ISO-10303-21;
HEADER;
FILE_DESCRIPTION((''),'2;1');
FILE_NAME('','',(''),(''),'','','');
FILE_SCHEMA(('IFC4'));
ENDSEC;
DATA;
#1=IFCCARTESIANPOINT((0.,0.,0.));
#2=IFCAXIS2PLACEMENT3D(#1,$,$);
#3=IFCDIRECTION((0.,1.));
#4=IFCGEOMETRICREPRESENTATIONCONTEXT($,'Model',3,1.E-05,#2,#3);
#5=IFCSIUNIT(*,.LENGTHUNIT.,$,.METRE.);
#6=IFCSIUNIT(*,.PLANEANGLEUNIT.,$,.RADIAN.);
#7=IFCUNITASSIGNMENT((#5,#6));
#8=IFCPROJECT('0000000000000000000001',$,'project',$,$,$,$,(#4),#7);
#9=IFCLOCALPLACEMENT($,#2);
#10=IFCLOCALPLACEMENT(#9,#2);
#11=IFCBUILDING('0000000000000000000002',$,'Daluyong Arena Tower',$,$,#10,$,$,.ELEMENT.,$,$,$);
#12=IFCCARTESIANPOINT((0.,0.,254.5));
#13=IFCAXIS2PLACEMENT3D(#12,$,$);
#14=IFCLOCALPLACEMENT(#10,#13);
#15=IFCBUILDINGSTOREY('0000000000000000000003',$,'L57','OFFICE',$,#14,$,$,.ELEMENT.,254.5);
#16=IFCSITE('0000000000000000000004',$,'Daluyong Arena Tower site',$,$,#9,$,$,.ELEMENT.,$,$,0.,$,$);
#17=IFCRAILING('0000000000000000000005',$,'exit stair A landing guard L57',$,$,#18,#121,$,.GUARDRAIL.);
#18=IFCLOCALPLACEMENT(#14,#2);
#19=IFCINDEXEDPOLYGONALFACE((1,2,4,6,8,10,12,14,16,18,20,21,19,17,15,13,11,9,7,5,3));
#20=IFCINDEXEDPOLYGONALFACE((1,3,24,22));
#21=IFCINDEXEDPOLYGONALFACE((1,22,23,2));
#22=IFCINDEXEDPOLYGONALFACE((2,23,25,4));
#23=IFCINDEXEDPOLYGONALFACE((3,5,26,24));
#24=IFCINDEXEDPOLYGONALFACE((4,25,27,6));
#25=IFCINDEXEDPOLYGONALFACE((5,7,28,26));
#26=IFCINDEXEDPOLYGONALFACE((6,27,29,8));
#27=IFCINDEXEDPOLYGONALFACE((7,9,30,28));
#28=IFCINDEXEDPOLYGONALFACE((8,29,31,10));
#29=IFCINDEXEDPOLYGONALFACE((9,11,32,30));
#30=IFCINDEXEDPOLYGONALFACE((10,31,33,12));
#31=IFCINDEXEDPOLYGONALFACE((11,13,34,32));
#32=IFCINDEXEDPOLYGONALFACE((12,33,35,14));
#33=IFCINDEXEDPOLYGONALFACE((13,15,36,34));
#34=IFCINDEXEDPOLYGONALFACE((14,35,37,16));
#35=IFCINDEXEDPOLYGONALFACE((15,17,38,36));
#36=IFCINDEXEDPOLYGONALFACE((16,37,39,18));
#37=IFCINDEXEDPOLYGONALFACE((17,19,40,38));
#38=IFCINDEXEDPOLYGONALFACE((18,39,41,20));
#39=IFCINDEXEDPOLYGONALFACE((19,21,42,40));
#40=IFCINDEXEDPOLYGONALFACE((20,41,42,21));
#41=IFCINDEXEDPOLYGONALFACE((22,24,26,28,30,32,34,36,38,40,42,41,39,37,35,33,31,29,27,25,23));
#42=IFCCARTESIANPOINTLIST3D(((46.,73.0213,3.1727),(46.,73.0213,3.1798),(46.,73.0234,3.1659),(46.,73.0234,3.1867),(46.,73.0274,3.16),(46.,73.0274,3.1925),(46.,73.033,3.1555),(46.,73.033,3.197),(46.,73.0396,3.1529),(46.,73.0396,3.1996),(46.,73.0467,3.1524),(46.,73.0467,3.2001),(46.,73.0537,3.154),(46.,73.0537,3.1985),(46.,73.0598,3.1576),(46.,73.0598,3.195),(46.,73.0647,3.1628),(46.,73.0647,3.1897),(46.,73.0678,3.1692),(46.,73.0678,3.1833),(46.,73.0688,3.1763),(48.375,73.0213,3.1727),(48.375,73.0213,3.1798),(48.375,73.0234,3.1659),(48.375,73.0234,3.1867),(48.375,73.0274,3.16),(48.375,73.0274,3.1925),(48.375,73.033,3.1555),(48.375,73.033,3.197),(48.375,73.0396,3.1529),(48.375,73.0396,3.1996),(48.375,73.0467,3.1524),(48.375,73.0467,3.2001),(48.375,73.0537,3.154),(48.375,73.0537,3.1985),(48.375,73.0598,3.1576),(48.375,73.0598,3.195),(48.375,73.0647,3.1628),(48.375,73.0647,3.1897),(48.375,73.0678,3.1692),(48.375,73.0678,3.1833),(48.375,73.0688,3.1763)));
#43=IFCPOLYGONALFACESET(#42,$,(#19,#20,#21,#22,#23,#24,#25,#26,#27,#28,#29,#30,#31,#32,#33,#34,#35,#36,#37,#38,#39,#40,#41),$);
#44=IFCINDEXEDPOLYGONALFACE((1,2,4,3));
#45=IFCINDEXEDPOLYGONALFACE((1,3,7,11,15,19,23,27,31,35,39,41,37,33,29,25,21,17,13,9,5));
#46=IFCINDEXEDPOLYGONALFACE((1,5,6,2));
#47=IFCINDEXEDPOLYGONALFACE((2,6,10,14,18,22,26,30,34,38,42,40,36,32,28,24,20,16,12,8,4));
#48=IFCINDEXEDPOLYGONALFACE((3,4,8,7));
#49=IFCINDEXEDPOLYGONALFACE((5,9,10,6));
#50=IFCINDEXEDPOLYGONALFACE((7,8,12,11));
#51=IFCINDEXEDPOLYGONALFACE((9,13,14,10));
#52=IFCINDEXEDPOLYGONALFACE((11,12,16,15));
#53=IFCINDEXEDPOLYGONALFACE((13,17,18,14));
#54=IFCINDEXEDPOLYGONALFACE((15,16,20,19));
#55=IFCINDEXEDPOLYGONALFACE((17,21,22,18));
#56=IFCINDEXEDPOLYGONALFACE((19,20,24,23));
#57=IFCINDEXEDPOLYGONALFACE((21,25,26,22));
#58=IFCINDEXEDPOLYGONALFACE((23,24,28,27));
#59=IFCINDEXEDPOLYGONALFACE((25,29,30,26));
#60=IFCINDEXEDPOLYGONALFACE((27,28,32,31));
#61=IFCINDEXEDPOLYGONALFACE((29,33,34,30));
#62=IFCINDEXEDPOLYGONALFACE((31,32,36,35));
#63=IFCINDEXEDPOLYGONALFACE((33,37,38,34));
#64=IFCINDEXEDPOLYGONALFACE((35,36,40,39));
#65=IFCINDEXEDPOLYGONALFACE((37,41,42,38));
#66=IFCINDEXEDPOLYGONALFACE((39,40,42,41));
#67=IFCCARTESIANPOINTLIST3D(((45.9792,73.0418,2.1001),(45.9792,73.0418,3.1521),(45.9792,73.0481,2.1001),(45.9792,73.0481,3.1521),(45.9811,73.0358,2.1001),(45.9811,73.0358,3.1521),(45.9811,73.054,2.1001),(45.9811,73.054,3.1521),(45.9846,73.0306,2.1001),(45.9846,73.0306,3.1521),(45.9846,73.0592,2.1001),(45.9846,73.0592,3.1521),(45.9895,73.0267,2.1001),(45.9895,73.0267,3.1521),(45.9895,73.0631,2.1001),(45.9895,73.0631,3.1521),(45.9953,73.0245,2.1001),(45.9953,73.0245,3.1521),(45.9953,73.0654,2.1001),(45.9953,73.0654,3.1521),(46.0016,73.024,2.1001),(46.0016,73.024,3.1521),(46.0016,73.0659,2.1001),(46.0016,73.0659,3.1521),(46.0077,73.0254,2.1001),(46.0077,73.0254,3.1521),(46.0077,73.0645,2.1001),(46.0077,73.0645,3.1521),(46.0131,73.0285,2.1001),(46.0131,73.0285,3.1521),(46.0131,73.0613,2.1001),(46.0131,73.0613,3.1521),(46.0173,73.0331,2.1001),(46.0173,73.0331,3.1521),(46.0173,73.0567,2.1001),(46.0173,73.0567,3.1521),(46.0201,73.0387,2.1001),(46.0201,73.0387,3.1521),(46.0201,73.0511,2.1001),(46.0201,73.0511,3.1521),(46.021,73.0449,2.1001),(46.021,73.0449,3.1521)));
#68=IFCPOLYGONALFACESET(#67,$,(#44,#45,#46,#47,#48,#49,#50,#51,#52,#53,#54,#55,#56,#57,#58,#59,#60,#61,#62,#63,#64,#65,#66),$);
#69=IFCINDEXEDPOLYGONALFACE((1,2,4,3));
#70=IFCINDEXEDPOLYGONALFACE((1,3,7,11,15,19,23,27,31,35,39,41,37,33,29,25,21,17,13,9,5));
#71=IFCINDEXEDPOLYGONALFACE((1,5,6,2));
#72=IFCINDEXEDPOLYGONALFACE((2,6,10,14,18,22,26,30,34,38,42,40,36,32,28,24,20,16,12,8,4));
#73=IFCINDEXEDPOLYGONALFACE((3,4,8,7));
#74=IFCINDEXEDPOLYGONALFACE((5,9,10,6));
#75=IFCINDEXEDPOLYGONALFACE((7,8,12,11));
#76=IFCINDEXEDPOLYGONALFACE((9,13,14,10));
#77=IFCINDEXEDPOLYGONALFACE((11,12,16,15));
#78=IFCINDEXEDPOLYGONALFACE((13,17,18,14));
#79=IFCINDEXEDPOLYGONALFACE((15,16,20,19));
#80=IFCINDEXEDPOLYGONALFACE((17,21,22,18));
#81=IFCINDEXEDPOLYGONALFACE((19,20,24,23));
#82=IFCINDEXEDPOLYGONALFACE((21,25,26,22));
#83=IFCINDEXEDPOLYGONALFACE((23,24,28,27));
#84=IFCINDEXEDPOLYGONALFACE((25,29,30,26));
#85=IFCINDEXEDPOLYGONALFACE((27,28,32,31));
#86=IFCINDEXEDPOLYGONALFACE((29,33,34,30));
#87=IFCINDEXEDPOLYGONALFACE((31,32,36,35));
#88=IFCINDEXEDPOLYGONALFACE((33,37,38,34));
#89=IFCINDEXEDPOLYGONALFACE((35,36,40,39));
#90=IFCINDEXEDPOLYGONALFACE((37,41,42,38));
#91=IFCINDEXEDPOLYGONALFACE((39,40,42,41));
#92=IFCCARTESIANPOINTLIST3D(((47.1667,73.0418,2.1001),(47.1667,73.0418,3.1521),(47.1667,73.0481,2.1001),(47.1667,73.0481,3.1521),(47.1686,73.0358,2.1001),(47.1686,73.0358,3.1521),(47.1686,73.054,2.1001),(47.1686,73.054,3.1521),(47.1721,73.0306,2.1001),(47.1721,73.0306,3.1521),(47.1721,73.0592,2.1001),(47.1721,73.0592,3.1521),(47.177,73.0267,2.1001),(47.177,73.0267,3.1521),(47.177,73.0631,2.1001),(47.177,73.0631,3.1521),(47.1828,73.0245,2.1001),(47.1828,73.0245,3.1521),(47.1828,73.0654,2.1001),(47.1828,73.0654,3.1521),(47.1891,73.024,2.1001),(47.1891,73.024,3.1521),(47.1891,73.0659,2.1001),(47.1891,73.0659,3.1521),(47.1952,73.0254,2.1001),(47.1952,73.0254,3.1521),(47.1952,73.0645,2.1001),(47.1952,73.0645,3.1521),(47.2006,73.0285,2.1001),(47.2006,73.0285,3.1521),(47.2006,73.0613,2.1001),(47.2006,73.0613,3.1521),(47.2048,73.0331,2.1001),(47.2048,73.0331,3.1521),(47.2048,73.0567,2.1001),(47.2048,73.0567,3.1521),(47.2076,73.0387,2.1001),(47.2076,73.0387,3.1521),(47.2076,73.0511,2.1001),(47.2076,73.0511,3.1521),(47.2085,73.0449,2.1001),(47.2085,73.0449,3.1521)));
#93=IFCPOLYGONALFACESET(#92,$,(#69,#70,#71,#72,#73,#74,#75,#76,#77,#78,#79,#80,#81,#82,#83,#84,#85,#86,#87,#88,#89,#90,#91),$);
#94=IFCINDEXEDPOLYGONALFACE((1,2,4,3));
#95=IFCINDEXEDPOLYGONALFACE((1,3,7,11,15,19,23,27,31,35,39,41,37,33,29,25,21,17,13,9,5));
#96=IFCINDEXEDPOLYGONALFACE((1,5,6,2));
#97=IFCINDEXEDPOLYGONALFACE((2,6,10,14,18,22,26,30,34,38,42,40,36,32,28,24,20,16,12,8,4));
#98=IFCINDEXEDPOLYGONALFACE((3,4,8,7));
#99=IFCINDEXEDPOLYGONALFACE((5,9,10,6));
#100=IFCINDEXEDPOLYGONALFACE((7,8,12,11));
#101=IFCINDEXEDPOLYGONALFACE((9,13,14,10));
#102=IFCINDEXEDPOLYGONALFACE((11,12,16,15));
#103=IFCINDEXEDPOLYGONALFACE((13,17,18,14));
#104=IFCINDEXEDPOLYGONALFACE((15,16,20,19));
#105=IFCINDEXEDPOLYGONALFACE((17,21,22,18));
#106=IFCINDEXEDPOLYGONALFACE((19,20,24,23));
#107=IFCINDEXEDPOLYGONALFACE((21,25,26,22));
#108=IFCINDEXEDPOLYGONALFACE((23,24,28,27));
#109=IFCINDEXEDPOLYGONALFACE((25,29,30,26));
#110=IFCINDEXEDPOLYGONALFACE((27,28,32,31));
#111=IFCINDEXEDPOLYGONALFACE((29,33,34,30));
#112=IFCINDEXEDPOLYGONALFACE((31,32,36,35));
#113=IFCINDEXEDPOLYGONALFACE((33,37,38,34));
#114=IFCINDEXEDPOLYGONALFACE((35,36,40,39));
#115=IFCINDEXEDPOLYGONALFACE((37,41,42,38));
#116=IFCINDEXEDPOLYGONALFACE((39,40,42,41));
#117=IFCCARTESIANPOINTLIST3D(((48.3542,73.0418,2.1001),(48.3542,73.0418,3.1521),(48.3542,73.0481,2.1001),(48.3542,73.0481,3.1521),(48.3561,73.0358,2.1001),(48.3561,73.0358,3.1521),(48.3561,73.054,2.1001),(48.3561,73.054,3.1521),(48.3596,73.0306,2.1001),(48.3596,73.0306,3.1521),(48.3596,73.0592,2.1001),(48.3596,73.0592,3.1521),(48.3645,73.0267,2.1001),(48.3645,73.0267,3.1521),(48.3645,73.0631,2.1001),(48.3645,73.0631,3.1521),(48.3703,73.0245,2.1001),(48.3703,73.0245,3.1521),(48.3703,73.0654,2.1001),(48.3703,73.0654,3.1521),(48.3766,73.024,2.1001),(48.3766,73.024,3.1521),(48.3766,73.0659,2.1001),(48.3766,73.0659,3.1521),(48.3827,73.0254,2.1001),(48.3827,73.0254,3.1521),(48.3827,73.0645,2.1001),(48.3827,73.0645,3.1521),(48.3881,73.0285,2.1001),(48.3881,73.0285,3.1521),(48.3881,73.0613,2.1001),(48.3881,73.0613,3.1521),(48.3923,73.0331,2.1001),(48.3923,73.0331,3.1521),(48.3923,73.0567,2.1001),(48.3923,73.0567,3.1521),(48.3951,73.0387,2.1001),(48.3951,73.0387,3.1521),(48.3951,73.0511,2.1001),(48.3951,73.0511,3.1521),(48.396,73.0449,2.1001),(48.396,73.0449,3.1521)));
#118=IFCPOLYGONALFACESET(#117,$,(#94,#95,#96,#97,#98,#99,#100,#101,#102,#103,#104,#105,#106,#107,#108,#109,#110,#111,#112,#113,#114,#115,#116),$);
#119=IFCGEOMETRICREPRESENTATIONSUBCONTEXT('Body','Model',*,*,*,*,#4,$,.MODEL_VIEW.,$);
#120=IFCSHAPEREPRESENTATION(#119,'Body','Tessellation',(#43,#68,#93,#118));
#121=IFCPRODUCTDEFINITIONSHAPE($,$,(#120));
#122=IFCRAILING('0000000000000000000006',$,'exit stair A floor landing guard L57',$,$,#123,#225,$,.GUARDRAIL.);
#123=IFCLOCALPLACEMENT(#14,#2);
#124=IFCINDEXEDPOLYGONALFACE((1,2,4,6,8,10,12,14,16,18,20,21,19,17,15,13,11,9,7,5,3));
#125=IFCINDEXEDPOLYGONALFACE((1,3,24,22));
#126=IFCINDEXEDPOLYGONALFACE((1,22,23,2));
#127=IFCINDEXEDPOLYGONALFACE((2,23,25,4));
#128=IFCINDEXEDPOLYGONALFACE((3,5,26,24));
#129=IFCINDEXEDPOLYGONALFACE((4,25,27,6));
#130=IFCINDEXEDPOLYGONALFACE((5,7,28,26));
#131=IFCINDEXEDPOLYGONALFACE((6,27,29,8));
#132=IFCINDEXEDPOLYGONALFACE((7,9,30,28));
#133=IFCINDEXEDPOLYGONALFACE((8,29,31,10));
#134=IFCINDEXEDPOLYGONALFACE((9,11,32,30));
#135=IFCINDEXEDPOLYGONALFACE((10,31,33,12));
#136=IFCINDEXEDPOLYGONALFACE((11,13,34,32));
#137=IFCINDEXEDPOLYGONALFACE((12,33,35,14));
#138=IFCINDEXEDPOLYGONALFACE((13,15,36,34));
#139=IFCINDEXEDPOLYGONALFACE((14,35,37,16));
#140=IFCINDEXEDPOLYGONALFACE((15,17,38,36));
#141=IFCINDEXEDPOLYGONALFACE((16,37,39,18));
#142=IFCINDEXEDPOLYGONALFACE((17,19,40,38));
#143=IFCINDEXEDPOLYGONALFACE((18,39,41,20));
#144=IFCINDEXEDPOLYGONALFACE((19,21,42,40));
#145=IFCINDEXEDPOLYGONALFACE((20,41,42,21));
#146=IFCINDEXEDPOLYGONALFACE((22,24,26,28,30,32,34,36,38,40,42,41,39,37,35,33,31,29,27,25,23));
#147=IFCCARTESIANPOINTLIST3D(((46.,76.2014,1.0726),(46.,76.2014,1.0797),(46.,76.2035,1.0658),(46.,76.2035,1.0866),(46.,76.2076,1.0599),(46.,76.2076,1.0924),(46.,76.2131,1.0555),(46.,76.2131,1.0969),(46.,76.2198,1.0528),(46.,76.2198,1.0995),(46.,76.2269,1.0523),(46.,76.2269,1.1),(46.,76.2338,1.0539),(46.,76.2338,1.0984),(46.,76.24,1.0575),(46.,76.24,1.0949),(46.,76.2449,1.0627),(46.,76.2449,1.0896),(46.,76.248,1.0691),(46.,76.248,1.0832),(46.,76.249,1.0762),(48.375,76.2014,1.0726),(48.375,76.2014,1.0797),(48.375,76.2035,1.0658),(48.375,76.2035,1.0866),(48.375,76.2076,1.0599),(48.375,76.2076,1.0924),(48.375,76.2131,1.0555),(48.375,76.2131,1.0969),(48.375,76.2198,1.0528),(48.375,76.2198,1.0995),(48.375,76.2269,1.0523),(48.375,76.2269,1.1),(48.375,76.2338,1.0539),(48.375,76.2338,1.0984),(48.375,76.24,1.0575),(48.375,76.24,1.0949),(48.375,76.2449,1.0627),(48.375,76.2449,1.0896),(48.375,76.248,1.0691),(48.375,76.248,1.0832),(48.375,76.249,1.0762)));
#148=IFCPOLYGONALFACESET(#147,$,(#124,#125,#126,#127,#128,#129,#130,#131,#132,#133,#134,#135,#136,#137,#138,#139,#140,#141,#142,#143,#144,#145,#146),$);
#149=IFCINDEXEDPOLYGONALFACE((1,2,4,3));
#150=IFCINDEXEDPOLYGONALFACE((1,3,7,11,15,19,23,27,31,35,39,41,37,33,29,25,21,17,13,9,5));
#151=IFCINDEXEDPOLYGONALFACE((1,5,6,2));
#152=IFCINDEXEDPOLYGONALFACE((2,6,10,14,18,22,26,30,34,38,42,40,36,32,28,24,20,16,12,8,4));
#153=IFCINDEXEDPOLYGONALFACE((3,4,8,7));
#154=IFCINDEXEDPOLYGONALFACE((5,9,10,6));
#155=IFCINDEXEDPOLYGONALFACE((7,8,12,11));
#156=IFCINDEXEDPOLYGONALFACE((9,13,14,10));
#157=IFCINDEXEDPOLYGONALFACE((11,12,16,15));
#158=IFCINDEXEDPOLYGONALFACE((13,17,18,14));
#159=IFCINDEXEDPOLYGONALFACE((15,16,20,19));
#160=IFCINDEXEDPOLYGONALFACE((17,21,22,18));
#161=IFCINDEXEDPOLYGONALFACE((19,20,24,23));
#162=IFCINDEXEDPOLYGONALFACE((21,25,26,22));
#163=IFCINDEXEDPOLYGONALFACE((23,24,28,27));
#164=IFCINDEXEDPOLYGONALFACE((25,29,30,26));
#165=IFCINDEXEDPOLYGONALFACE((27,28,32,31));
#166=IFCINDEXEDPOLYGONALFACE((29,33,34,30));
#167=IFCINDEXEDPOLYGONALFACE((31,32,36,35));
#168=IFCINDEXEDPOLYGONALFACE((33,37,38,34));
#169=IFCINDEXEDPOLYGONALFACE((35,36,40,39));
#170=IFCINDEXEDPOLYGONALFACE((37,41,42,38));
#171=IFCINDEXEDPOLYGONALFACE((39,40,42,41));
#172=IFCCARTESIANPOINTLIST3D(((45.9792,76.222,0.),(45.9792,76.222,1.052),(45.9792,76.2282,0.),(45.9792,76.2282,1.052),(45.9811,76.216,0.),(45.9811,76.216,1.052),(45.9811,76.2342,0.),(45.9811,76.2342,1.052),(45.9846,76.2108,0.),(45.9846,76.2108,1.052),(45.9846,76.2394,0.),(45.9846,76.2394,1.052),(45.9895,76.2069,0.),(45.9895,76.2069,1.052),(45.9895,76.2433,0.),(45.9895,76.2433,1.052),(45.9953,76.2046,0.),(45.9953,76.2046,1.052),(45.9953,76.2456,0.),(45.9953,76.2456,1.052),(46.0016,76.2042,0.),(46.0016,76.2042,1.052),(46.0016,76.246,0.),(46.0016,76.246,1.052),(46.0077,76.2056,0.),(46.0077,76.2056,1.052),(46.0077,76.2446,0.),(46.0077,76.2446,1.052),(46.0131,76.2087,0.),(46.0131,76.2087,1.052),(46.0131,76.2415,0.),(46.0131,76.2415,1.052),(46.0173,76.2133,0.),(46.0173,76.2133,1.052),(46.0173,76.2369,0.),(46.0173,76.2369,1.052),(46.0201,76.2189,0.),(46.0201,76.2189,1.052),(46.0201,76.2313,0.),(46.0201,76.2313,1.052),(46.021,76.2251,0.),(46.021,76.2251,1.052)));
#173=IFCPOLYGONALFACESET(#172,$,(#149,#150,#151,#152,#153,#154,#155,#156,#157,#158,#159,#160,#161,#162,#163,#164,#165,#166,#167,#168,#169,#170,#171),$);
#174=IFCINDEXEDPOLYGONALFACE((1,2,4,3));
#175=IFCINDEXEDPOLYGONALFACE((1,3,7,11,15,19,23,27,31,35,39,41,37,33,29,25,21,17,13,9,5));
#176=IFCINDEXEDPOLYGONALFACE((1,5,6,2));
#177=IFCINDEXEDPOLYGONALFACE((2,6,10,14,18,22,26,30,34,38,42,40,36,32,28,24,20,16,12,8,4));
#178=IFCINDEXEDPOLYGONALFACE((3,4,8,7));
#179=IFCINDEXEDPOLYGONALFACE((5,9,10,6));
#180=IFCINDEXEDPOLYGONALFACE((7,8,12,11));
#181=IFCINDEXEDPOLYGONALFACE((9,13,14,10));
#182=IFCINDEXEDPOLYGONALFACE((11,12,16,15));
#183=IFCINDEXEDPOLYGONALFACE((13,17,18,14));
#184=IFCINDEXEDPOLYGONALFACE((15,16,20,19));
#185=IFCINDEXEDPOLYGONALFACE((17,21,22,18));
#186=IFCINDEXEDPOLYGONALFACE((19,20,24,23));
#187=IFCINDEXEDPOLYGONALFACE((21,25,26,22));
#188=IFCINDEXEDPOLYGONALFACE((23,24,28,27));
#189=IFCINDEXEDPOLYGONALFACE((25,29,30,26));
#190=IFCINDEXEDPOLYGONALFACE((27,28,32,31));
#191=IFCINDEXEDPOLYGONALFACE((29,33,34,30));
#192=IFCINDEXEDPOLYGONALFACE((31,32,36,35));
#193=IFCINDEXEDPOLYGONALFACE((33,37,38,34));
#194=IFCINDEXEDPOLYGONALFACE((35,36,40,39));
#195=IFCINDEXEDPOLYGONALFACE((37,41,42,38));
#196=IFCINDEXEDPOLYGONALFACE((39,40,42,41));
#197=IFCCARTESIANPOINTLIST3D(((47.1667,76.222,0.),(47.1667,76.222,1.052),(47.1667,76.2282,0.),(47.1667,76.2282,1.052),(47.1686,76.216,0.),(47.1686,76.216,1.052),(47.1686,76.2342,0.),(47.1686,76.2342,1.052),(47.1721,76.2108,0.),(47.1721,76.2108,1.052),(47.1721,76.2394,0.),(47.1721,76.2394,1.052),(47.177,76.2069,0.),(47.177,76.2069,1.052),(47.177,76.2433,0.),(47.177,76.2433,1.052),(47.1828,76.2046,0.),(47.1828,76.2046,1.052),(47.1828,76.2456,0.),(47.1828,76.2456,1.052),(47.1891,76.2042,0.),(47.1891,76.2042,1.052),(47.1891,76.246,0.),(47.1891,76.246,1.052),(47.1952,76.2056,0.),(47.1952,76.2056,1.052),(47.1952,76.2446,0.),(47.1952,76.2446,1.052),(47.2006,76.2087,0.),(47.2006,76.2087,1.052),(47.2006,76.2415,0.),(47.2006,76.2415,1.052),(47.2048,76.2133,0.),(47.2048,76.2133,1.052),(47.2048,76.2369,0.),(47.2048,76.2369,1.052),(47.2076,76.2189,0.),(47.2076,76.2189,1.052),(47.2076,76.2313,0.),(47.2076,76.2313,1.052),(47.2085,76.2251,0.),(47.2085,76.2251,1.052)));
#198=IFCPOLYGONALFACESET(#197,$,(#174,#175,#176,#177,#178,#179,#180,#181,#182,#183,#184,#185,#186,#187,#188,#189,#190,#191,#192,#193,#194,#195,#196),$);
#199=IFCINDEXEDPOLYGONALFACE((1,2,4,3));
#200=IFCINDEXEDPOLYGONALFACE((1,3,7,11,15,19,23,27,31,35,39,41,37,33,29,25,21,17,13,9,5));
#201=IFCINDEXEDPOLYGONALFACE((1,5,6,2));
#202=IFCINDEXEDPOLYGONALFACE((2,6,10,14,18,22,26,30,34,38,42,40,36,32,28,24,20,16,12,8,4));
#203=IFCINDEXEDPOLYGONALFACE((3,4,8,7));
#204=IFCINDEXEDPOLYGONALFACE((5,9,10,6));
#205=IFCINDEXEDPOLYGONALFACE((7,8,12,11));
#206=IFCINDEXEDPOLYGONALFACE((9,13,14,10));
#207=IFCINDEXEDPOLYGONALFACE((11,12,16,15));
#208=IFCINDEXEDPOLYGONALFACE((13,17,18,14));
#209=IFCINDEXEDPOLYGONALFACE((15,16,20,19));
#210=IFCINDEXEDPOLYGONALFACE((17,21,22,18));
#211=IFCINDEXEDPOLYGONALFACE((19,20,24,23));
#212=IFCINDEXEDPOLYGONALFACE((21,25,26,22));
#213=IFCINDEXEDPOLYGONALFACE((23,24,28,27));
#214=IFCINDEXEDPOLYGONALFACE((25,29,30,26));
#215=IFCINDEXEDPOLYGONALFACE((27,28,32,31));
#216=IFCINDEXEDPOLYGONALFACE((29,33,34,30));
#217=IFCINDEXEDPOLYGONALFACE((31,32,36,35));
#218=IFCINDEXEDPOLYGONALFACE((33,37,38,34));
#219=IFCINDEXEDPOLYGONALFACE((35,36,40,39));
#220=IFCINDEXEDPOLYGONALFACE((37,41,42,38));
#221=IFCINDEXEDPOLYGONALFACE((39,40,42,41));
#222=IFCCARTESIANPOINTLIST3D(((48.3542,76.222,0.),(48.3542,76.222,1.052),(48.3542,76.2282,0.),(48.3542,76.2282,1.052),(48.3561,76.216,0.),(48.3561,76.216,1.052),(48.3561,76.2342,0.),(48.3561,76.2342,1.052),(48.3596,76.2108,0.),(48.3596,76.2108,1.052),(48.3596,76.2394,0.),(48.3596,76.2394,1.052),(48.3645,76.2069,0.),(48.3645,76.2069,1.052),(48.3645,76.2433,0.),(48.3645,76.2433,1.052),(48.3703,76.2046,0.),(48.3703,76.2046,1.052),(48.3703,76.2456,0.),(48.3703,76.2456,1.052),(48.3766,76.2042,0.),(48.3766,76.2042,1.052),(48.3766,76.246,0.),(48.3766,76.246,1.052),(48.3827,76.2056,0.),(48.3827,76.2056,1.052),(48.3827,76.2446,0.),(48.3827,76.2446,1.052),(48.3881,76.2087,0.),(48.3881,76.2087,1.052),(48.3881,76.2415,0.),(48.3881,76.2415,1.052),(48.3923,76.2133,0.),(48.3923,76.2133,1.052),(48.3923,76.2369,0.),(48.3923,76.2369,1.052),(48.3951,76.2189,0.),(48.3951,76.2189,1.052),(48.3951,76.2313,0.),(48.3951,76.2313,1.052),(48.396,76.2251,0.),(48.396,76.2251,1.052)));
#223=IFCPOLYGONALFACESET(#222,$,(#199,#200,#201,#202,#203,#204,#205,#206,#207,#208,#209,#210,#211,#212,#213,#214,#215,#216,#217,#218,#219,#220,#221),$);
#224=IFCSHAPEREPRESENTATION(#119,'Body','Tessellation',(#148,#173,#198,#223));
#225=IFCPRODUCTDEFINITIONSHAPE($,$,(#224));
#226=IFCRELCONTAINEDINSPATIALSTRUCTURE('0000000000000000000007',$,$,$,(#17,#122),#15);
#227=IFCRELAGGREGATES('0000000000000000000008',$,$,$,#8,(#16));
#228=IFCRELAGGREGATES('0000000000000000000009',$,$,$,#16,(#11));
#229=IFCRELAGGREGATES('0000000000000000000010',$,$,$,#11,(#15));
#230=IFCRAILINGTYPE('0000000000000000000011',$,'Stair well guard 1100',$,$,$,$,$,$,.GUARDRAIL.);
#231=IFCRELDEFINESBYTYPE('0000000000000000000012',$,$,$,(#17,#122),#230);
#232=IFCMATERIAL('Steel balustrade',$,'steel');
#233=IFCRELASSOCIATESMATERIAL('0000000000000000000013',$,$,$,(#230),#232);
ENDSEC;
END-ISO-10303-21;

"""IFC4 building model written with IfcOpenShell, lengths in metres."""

from ifc_helpers import new_model, si_unit, direction, frame, origin, origin_2d, place, context, subcontext, project, spatial, circle, extrude, material, type_object, element, save


model = new_model("IFC4")

# Units and contexts
model_context = context("Model", 3, precision=1e-05, world=origin(), true_north=direction((0.0, 1.0)))
body_context = subcontext(model_context, "Body", "Model", "MODEL_VIEW")
ifc_project = project(units=[si_unit("LENGTHUNIT", "METRE"), si_unit("PLANEANGLEUNIT", "RADIAN")], contexts=[model_context])

# Site, building, storey
site_placement = place(None, origin())
site = spatial("IfcSite", under=ifc_project, at=site_placement, Name="Daluyong Arena Tower site", CompositionType="ELEMENT", RefElevation=0.0)
building_placement = place(site_placement, origin())
building = spatial("IfcBuilding", under=site, at=building_placement, Name="Daluyong Arena Tower", CompositionType="ELEMENT")
storey_placement = place(building_placement, frame((0.0, 0.0, 254.5)))
storey = spatial("IfcBuildingStorey", under=building, at=storey_placement, Name="L57", Description="OFFICE", CompositionType="ELEMENT", Elevation=254.5)

# Railings
ifc_material_1 = material(Name="Steel balustrade", Category="steel")
railing_type_1 = type_object("IfcRailingType", Name="Stair well guard 1100", PredefinedType="GUARDRAIL", material=ifc_material_1)
for number, where, name in (
    (1, (46.0, 73.0449, 2.1001), "exit stair A landing guard L57"),
    (2, (46.0, 76.2251, 0.0), "exit stair A floor landing guard L57"),
):
    element("IfcRailing", number, at=place(storey_placement, frame(where)), inside=storey, type_object=railing_type_1, Name=name, PredefinedType="GUARDRAIL", context=body_context, shape_type="SweptSolid", body=[
        extrude(circle(Radius=0.0239, at=origin_2d()), frame((0.0, 0.0, 1.0762), z_axis=(1.0, 0.0, 0.0), x_axis=(0.0, 1.0, 0.0)), (0.0, 0.0, 1.0), 2.375),
        extrude(circle(Radius=0.021, at=origin_2d()), origin(), (0.0, 0.0, 1.0), 1.052),
        extrude(circle(Radius=0.021, at=origin_2d()), frame((1.1875, 0.0, 0.0)), (0.0, 0.0, 1.0), 1.052),
        extrude(circle(Radius=0.021, at=origin_2d()), frame((2.375, 0.0, 0.0)), (0.0, 0.0, 1.0), 1.052),
    ])

save(model, "model.ifc")
